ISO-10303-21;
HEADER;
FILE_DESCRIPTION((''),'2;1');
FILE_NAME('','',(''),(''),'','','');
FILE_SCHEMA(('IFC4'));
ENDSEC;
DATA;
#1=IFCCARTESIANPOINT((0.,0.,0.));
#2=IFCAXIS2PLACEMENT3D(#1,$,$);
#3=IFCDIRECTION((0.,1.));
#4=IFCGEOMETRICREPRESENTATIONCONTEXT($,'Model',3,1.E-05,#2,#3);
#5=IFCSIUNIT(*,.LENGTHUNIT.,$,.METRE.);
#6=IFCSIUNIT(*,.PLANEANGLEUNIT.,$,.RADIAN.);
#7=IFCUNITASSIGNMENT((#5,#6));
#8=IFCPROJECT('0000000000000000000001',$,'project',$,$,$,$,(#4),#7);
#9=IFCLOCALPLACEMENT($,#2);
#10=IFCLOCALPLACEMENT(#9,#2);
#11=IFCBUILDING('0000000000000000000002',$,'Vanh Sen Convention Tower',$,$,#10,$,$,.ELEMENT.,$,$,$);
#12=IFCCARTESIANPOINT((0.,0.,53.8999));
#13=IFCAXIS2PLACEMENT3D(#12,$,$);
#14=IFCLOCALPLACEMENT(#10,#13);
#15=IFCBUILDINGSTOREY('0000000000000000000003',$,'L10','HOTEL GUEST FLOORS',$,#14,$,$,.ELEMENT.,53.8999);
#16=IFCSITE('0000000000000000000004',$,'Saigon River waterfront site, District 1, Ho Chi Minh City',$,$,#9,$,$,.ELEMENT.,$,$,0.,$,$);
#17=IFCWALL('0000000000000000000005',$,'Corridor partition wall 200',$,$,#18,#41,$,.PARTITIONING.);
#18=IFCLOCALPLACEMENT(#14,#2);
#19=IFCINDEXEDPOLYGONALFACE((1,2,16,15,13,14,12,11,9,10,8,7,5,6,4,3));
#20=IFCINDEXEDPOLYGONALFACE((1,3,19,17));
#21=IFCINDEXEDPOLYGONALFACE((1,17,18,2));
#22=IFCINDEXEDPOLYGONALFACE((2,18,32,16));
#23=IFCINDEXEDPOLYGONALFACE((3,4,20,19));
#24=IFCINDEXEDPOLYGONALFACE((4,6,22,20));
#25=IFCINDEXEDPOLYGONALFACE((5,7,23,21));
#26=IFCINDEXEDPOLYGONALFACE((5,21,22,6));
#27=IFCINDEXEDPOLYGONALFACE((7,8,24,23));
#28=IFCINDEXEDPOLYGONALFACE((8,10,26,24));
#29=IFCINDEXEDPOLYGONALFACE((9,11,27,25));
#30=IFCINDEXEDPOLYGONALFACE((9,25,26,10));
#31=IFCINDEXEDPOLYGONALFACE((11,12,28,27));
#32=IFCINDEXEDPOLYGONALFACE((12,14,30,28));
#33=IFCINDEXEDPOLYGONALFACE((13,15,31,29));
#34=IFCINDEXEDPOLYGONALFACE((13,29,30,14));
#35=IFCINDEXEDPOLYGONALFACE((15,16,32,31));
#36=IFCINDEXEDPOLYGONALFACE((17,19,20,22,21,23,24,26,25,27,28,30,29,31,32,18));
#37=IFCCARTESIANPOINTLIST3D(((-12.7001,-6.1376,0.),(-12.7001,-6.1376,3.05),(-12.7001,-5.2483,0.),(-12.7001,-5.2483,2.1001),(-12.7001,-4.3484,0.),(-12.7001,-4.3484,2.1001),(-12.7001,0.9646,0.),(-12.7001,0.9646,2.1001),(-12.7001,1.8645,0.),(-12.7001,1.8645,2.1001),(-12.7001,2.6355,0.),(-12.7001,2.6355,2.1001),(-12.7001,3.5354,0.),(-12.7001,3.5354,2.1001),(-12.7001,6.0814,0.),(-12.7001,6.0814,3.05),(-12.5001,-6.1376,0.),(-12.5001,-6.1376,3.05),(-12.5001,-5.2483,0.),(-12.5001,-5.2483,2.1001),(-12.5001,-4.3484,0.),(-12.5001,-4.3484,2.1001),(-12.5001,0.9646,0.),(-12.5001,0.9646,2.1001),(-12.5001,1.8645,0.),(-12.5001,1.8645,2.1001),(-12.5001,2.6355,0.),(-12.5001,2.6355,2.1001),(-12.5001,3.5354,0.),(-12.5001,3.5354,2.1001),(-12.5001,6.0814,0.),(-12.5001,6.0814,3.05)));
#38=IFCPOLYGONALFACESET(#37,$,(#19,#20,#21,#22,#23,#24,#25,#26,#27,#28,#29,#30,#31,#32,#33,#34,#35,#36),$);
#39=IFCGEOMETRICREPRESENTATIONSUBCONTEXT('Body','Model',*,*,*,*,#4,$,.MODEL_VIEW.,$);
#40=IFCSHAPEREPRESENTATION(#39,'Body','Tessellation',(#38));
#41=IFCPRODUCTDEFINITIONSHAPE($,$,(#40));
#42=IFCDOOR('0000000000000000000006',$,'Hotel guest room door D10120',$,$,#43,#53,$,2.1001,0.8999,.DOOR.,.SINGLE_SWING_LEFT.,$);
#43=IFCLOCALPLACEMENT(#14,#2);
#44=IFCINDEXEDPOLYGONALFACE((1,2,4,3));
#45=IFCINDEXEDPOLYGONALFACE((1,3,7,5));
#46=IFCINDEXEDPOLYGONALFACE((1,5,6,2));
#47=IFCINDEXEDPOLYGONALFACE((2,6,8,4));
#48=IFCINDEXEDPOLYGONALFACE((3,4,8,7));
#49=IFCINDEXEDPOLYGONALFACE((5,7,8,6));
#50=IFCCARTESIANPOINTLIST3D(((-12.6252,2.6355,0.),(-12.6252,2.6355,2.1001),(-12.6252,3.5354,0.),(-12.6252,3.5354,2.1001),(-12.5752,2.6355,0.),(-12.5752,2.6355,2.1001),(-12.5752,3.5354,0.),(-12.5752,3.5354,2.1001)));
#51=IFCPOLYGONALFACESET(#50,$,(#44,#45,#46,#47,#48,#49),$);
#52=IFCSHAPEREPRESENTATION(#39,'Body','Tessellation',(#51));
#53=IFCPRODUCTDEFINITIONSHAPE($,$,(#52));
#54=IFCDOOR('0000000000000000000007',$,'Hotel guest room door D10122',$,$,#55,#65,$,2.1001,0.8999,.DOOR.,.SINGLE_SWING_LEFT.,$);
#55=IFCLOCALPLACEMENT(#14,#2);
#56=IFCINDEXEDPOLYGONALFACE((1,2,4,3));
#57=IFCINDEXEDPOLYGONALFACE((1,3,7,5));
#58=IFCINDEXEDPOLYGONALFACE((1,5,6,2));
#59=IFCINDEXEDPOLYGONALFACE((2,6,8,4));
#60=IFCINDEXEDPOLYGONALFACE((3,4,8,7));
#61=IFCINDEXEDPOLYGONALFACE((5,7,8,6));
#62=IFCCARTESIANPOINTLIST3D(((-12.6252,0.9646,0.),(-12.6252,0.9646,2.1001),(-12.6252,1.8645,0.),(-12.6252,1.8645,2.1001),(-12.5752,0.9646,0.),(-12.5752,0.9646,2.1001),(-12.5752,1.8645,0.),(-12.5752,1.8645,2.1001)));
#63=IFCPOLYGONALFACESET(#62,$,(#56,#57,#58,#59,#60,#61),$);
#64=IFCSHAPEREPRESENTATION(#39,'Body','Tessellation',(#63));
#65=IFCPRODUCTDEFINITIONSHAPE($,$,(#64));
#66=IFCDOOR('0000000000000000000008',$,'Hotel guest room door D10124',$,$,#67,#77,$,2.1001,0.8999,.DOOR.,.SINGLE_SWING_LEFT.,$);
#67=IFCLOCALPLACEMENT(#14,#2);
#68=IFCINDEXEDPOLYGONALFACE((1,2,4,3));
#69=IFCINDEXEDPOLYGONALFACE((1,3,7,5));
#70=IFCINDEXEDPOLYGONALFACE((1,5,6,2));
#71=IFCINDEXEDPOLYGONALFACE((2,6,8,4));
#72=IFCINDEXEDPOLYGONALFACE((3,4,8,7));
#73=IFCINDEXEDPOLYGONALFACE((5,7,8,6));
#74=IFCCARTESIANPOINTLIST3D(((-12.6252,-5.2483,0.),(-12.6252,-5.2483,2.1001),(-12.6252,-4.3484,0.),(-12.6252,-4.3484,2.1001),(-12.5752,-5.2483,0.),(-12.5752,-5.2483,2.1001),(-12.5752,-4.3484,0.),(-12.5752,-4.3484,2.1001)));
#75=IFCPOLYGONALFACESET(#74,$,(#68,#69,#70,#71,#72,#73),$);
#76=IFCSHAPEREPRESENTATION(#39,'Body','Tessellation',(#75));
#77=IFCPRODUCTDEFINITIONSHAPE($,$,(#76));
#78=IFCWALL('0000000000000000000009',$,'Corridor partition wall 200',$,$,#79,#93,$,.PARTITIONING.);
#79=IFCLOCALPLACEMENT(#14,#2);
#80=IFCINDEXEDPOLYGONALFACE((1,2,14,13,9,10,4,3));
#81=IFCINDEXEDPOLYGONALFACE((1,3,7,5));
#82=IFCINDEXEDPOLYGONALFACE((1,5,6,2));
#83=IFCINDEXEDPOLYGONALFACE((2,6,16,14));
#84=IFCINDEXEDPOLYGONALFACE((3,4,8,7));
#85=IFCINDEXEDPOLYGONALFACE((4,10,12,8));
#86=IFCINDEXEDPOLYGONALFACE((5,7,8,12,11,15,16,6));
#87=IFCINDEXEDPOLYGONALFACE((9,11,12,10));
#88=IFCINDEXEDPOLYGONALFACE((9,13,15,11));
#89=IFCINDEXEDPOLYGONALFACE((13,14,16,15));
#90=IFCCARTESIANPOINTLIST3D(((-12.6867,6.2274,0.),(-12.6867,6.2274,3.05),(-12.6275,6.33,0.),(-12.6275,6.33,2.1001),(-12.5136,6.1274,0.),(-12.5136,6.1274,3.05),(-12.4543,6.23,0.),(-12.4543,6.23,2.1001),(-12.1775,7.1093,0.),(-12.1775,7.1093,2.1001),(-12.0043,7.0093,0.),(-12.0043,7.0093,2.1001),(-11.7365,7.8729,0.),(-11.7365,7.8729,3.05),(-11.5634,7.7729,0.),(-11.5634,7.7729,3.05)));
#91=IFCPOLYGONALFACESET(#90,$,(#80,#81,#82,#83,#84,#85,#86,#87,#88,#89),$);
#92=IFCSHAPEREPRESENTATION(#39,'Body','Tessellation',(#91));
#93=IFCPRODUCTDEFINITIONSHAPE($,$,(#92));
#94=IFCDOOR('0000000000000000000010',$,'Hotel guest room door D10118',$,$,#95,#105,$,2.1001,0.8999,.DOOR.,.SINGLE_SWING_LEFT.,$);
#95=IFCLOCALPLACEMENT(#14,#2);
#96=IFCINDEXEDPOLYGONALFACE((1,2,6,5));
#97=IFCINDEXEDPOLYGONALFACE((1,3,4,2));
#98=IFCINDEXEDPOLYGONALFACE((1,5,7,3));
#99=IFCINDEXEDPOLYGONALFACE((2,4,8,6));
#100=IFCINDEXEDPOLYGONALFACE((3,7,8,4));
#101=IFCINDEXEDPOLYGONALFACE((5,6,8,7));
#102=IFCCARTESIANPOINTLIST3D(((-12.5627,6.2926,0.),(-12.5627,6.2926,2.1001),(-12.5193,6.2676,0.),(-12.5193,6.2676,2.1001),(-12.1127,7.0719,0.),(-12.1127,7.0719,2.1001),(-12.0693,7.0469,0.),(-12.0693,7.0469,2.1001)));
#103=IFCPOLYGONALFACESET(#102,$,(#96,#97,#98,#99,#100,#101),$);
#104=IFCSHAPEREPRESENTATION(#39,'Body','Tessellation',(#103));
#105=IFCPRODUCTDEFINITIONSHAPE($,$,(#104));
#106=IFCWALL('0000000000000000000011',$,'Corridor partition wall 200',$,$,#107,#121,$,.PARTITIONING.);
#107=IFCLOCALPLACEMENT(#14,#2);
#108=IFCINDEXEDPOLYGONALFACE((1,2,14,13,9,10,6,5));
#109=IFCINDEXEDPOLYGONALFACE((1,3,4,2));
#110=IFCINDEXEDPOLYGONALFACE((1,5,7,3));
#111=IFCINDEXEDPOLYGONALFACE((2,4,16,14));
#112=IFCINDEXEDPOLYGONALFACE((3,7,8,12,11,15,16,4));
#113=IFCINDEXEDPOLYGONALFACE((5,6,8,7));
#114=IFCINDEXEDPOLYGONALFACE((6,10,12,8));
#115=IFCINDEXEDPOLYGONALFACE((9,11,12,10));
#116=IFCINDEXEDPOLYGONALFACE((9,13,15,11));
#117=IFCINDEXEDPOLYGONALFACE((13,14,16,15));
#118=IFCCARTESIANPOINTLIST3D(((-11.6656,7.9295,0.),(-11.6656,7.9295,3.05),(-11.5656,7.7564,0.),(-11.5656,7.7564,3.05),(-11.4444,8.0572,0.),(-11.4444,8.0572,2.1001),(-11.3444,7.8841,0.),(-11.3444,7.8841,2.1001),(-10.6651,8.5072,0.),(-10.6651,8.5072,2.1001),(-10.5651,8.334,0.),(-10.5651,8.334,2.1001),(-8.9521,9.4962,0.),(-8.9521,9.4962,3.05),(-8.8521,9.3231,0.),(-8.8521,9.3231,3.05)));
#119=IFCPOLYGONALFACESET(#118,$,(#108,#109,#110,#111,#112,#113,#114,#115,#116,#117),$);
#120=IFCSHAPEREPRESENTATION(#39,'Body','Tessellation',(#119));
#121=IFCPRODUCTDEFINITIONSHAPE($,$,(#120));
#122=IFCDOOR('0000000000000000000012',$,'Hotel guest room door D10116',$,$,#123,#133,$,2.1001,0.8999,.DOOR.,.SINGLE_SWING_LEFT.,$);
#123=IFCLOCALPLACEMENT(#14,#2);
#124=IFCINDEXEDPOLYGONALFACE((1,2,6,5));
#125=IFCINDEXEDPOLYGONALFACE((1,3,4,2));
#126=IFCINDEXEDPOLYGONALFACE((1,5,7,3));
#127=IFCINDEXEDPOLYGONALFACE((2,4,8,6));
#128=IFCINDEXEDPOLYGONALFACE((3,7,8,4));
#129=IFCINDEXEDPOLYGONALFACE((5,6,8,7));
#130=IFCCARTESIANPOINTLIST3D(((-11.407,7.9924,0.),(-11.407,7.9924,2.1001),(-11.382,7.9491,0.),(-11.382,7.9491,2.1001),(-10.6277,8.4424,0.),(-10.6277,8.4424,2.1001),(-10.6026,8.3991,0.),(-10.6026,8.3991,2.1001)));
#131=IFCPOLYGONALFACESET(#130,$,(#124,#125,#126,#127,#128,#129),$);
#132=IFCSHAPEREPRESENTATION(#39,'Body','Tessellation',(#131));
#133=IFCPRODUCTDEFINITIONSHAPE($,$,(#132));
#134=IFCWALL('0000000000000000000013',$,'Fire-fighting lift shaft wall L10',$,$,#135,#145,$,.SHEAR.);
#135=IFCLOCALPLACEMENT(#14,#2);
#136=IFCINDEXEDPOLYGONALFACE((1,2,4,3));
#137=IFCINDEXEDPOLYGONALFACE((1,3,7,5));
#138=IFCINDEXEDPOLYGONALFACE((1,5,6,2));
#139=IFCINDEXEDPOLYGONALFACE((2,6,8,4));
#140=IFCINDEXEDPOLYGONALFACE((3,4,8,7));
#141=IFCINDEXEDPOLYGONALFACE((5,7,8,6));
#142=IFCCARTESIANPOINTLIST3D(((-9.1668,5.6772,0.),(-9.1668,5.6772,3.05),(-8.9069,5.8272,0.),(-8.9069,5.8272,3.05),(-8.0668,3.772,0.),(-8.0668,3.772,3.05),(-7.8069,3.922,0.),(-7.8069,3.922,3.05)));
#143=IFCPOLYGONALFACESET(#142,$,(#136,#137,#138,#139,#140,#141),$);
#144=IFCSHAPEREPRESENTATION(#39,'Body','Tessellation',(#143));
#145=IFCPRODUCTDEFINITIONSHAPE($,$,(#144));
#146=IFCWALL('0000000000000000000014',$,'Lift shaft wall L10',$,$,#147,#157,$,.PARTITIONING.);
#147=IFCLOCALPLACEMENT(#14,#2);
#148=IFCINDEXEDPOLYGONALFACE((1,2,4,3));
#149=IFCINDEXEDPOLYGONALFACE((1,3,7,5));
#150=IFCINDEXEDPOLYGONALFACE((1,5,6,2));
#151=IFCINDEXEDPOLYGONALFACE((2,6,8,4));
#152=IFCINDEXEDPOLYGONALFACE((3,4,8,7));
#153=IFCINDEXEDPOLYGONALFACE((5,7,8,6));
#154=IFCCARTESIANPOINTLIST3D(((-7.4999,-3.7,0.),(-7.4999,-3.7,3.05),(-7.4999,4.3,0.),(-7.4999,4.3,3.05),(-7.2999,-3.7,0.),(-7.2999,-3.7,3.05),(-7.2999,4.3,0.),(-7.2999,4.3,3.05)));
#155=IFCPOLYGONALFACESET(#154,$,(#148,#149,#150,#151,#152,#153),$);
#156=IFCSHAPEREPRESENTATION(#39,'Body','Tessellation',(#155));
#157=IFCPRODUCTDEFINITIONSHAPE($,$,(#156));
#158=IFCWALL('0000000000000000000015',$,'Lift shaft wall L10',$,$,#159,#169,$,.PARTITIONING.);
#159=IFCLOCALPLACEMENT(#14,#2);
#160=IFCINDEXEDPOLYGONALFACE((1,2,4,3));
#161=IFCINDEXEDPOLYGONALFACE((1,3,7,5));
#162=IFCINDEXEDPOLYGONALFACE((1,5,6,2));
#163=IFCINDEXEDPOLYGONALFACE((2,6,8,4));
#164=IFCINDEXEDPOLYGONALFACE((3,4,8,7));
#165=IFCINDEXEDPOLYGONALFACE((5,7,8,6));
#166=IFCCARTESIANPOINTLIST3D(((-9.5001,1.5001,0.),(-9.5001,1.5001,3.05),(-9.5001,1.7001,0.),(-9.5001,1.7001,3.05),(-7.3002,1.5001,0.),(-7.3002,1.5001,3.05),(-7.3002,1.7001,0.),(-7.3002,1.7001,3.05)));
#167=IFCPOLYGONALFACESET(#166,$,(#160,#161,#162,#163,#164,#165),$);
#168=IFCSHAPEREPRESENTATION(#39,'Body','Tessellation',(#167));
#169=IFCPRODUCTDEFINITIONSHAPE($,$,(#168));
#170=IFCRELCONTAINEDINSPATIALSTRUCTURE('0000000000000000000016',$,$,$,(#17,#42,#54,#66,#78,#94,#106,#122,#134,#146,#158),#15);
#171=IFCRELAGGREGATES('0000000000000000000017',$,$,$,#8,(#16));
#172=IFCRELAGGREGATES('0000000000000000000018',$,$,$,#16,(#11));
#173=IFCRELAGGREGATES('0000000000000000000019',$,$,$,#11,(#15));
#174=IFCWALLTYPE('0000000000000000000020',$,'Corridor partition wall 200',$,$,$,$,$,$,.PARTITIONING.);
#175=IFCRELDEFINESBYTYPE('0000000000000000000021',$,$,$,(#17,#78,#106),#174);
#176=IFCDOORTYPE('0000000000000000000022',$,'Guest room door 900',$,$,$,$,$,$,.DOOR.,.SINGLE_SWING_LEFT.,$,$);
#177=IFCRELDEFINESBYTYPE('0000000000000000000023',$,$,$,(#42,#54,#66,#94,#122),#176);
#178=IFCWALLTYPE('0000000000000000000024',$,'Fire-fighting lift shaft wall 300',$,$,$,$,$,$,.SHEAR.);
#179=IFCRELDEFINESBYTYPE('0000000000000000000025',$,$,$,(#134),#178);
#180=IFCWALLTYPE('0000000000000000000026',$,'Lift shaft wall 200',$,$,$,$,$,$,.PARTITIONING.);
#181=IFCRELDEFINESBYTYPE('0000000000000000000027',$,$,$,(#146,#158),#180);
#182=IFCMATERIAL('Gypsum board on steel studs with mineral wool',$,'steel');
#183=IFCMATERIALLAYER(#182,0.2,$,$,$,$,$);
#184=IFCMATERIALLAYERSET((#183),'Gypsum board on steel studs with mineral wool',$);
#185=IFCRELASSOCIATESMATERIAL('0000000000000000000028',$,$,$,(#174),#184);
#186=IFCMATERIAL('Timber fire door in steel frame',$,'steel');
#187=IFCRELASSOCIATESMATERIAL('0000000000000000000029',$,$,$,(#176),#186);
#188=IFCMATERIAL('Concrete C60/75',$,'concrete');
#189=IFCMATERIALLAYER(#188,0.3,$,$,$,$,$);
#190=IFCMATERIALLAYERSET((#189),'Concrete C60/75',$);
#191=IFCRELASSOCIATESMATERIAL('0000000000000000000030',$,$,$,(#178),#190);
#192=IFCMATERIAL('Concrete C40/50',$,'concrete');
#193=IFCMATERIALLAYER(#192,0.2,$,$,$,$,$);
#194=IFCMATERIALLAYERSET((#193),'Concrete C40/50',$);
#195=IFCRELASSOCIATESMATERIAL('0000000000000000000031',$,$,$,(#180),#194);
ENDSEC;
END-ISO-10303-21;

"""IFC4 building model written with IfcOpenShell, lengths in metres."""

from ifc_helpers import new_model, si_unit, direction, frame, frame_2d, origin, place, context, subcontext, project, spatial, rectangle, extrude, material, layer, layer_set, type_object, element, fill, save


model = new_model("IFC4")

# Units and contexts
model_context = context("Model", 3, precision=1e-05, world=origin(), true_north=direction((0.0, 1.0)))
body_context = subcontext(model_context, "Body", "Model", "MODEL_VIEW")
ifc_project = project(units=[si_unit("LENGTHUNIT", "METRE"), si_unit("PLANEANGLEUNIT", "RADIAN")], contexts=[model_context])

# Site, building, storey
site_placement = place(None, origin())
site = spatial("IfcSite", under=ifc_project, at=site_placement, Name="Saigon River waterfront site, District 1, Ho Chi Minh City", CompositionType="ELEMENT", RefElevation=0.0)
building_placement = place(site_placement, origin())
building = spatial("IfcBuilding", under=site, at=building_placement, Name="Vanh Sen Convention Tower", CompositionType="ELEMENT")
storey_placement = place(building_placement, frame((0.0, 0.0, 53.8999)))
storey = spatial("IfcBuildingStorey", under=building, at=storey_placement, Name="L10", Description="HOTEL GUEST FLOORS", CompositionType="ELEMENT", Elevation=53.8999)

# Wall, openings, doors
ifc_material_1 = material(Name="Gypsum board on steel studs with mineral wool", Category="steel")
ifc_layer_1 = layer(ifc_material_1, 0.2)
ifc_layer_set_1 = layer_set([ifc_layer_1], Name="Gypsum board on steel studs with mineral wool")
wall_type_1 = type_object("IfcWallType", Name="Corridor partition wall 200", PredefinedType="PARTITIONING", material=ifc_layer_set_1)
wall_1_placement = place(storey_placement, frame((-12.6001, 6.0813, 0.0), z_axis=(0.0, 0.0, 1.0), x_axis=(0.0, -1.0, 0.0)))
wall_1 = element("IfcWall", 1, at=wall_1_placement, inside=storey, type_object=wall_type_1, Name="Corridor partition wall 200", PredefinedType="PARTITIONING", context=body_context, shape_type="SweptSolid", body=[
    extrude(rectangle(XDim=12.219, YDim=0.2, at=frame_2d((6.1094, 0.0))), origin(), (0.0, 0.0, 1.0), 3.05),
])
opening_1_placement = place(wall_1_placement, frame((2.5459, 0.0, 0.0)))
opening_1 = element("IfcOpeningElement", 2, at=opening_1_placement, cuts=wall_1, PredefinedType="OPENING", context=body_context, shape_type="SweptSolid", body=[
    extrude(rectangle(XDim=0.8999, YDim=2.1001, at=frame_2d((0.45, 1.05))), frame((0.0, 0.1099, 0.0), z_axis=(0.0, -1.0, 0.0), x_axis=(1.0, 0.0, 0.0)), (0.0, 0.0, 1.0), 0.22),
])
opening_2_placement = place(wall_1_placement, frame((4.2168, 0.0, 0.0)))
opening_2 = element("IfcOpeningElement", 3, at=opening_2_placement, cuts=wall_1, PredefinedType="OPENING", context=body_context, shape_type="SweptSolid", body=[
    extrude(rectangle(XDim=0.8999, YDim=2.1001, at=frame_2d((0.45, 1.05))), frame((0.0, 0.1099, 0.0), z_axis=(0.0, -1.0, 0.0), x_axis=(1.0, 0.0, 0.0)), (0.0, 0.0, 1.0), 0.22),
])
opening_3_placement = place(wall_1_placement, frame((10.4297, 0.0, 0.0)))
opening_3 = element("IfcOpeningElement", 4, at=opening_3_placement, cuts=wall_1, PredefinedType="OPENING", context=body_context, shape_type="SweptSolid", body=[
    extrude(rectangle(XDim=0.8999, YDim=2.1001, at=frame_2d((0.45, 1.05))), frame((0.0, 0.1099, 0.0), z_axis=(0.0, -1.0, 0.0), x_axis=(1.0, 0.0, 0.0)), (0.0, 0.0, 1.0), 0.22),
])
ifc_material_2 = material(Name="Timber fire door in steel frame", Category="steel")
door_type_1 = type_object("IfcDoorType", Name="Guest room door 900", OperationType="SINGLE_SWING_LEFT", PredefinedType="DOOR", material=ifc_material_2)
door_1_placement = place(opening_1_placement, origin())
door_1 = element("IfcDoor", 5, at=door_1_placement, inside=storey, type_object=door_type_1, Name="Hotel guest room door D10120", OperationType="SINGLE_SWING_LEFT", OverallHeight=2.1001, OverallWidth=0.8999, PredefinedType="DOOR", context=body_context, shape_type="SweptSolid", body=[
    extrude(rectangle(XDim=0.8999, YDim=2.1001, at=frame_2d((0.45, 1.05))), frame((0.0, 0.0249, 0.0), z_axis=(0.0, -1.0, 0.0), x_axis=(1.0, 0.0, 0.0)), (0.0, 0.0, 1.0), 0.05),
])
fill(opening_1, door_1)
door_2_placement = place(opening_2_placement, origin())
door_2 = element("IfcDoor", 6, at=door_2_placement, inside=storey, type_object=door_type_1, Name="Hotel guest room door D10122", OperationType="SINGLE_SWING_LEFT", OverallHeight=2.1001, OverallWidth=0.8999, PredefinedType="DOOR", context=body_context, shape_type="SweptSolid", body=[
    extrude(rectangle(XDim=0.8999, YDim=2.1001, at=frame_2d((0.45, 1.05))), frame((0.0, 0.0249, 0.0), z_axis=(0.0, -1.0, 0.0), x_axis=(1.0, 0.0, 0.0)), (0.0, 0.0, 1.0), 0.05),
])
fill(opening_2, door_2)
door_3_placement = place(opening_3_placement, origin())
door_3 = element("IfcDoor", 7, at=door_3_placement, inside=storey, type_object=door_type_1, Name="Hotel guest room door D10124", OperationType="SINGLE_SWING_LEFT", OverallHeight=2.1001, OverallWidth=0.8999, PredefinedType="DOOR", context=body_context, shape_type="SweptSolid", body=[
    extrude(rectangle(XDim=0.8999, YDim=2.1001, at=frame_2d((0.45, 1.05))), frame((0.0, 0.0249, 0.0), z_axis=(0.0, -1.0, 0.0), x_axis=(1.0, 0.0, 0.0)), (0.0, 0.0, 1.0), 0.05),
])
fill(opening_3, door_3)

# Walls, openings, doors
wall_2_placement = place(storey_placement, frame((-11.6499, 7.823, 0.0), z_axis=(0.0, 0.0, 1.0), x_axis=(-0.500064, -0.865989, 0.0)))
wall_2 = element("IfcWall", 8, at=wall_2_placement, inside=storey, type_object=wall_type_1, Name="Corridor partition wall 200", PredefinedType="PARTITIONING", context=body_context, shape_type="SweptSolid", body=[
    extrude(rectangle(XDim=1.9001, YDim=0.2, at=frame_2d((0.9502, 0.0))), origin(), (0.0, 0.0, 1.0), 3.05),
])
opening_4_placement = place(wall_2_placement, frame((0.8818, 0.0, 0.0)))
opening_4 = element("IfcOpeningElement", 9, at=opening_4_placement, cuts=wall_2, PredefinedType="OPENING", context=body_context, shape_type="SweptSolid", body=[
    extrude(rectangle(XDim=0.8999, YDim=2.1001, at=frame_2d((0.45, 1.05))), frame((0.0, 0.1099, 0.0), z_axis=(0.0, -1.0, 0.0), x_axis=(1.0, 0.0, 0.0)), (0.0, 0.0, 1.0), 0.22),
])
door_4_placement = place(opening_4_placement, origin())
door_4 = element("IfcDoor", 10, at=door_4_placement, inside=storey, type_object=door_type_1, Name="Hotel guest room door D10118", OperationType="SINGLE_SWING_LEFT", OverallHeight=2.1001, OverallWidth=0.8999, PredefinedType="DOOR", context=body_context, shape_type="SweptSolid", body=[
    extrude(rectangle(XDim=0.8999, YDim=2.1001, at=frame_2d((0.45, 1.05))), frame((0.0, 0.0249, 0.0), z_axis=(0.0, -1.0, 0.0), x_axis=(1.0, 0.0, 0.0)), (0.0, 0.0, 1.0), 0.05),
])
fill(opening_4, door_4)
wall_3_placement = place(storey_placement, frame((-8.9021, 9.4097, 0.0), z_axis=(0.0, 0.0, 1.0), x_axis=(-0.866014, -0.500019, 0.0)))
wall_3 = element("IfcWall", 11, at=wall_3_placement, inside=storey, type_object=wall_type_1, Name="Corridor partition wall 200", PredefinedType="PARTITIONING", context=body_context, shape_type="SweptSolid", body=[
    extrude(rectangle(XDim=3.1333, YDim=0.2, at=frame_2d((1.5667, 0.0))), origin(), (0.0, 0.0, 1.0), 3.05),
])
opening_5_placement = place(wall_3_placement, frame((1.978, 0.0, 0.0)))
opening_5 = element("IfcOpeningElement", 12, at=opening_5_placement, cuts=wall_3, PredefinedType="OPENING", context=body_context, shape_type="SweptSolid", body=[
    extrude(rectangle(XDim=0.8999, YDim=2.1001, at=frame_2d((0.45, 1.05))), frame((0.0, 0.1099, 0.0), z_axis=(0.0, -1.0, 0.0), x_axis=(1.0, 0.0, 0.0)), (0.0, 0.0, 1.0), 0.22),
])
door_5_placement = place(opening_5_placement, origin())
door_5 = element("IfcDoor", 13, at=door_5_placement, inside=storey, type_object=door_type_1, Name="Hotel guest room door D10116", OperationType="SINGLE_SWING_LEFT", OverallHeight=2.1001, OverallWidth=0.8999, PredefinedType="DOOR", context=body_context, shape_type="SweptSolid", body=[
    extrude(rectangle(XDim=0.8999, YDim=2.1001, at=frame_2d((0.45, 1.05))), frame((0.0, 0.0249, 0.0), z_axis=(0.0, -1.0, 0.0), x_axis=(1.0, 0.0, 0.0)), (0.0, 0.0, 1.0), 0.05),
])
fill(opening_5, door_5)

# Walls
ifc_material_3 = material(Name="Concrete C60/75", Category="concrete")
ifc_layer_2 = layer(ifc_material_3, 0.3)
ifc_layer_set_2 = layer_set([ifc_layer_2], Name="Concrete C60/75")
wall_type_2 = type_object("IfcWallType", Name="Fire-fighting lift shaft wall 300", PredefinedType="SHEAR", material=ifc_layer_set_2)
wall_4_placement = place(storey_placement, frame((-7.9368, 3.8469, 0.0), z_axis=(0.0, 0.0, 1.0), x_axis=(-0.50003, 0.866008, 0.0)))
element("IfcWall", 14, at=wall_4_placement, inside=storey, type_object=wall_type_2, Name="Fire-fighting lift shaft wall L10", PredefinedType="SHEAR", context=body_context, shape_type="SweptSolid", body=[
    extrude(rectangle(XDim=2.2, YDim=0.3, at=frame_2d((1.1001, 0.0))), origin(), (0.0, 0.0, 1.0), 3.05),
])
ifc_material_4 = material(Name="Concrete C40/50", Category="concrete")
ifc_layer_3 = layer(ifc_material_4, 0.2)
ifc_layer_set_3 = layer_set([ifc_layer_3], Name="Concrete C40/50")
wall_type_3 = type_object("IfcWallType", Name="Lift shaft wall 200", PredefinedType="PARTITIONING", material=ifc_layer_set_3)
wall_5_placement = place(storey_placement, frame((-7.3999, 4.3, 0.0), z_axis=(0.0, 0.0, 1.0), x_axis=(0.0, -1.0, 0.0)))
element("IfcWall", 15, at=wall_5_placement, inside=storey, type_object=wall_type_3, Name="Lift shaft wall L10", PredefinedType="PARTITIONING", context=body_context, shape_type="SweptSolid", body=[
    extrude(rectangle(XDim=8.0, YDim=0.2, at=frame_2d((4.0, 0.0))), origin(), (0.0, 0.0, 1.0), 3.05),
])
wall_6_placement = place(storey_placement, frame((-7.3, 1.6001, 0.0), z_axis=(0.0, 0.0, 1.0), x_axis=(-1.0, 0.0, 0.0)))
element("IfcWall", 16, at=wall_6_placement, inside=storey, type_object=wall_type_3, Name="Lift shaft wall L10", PredefinedType="PARTITIONING", context=body_context, shape_type="SweptSolid", body=[
    extrude(rectangle(XDim=2.2, YDim=0.2, at=frame_2d((1.1001, 0.0))), origin(), (0.0, 0.0, 1.0), 3.05),
])

save(model, "model.ifc")
